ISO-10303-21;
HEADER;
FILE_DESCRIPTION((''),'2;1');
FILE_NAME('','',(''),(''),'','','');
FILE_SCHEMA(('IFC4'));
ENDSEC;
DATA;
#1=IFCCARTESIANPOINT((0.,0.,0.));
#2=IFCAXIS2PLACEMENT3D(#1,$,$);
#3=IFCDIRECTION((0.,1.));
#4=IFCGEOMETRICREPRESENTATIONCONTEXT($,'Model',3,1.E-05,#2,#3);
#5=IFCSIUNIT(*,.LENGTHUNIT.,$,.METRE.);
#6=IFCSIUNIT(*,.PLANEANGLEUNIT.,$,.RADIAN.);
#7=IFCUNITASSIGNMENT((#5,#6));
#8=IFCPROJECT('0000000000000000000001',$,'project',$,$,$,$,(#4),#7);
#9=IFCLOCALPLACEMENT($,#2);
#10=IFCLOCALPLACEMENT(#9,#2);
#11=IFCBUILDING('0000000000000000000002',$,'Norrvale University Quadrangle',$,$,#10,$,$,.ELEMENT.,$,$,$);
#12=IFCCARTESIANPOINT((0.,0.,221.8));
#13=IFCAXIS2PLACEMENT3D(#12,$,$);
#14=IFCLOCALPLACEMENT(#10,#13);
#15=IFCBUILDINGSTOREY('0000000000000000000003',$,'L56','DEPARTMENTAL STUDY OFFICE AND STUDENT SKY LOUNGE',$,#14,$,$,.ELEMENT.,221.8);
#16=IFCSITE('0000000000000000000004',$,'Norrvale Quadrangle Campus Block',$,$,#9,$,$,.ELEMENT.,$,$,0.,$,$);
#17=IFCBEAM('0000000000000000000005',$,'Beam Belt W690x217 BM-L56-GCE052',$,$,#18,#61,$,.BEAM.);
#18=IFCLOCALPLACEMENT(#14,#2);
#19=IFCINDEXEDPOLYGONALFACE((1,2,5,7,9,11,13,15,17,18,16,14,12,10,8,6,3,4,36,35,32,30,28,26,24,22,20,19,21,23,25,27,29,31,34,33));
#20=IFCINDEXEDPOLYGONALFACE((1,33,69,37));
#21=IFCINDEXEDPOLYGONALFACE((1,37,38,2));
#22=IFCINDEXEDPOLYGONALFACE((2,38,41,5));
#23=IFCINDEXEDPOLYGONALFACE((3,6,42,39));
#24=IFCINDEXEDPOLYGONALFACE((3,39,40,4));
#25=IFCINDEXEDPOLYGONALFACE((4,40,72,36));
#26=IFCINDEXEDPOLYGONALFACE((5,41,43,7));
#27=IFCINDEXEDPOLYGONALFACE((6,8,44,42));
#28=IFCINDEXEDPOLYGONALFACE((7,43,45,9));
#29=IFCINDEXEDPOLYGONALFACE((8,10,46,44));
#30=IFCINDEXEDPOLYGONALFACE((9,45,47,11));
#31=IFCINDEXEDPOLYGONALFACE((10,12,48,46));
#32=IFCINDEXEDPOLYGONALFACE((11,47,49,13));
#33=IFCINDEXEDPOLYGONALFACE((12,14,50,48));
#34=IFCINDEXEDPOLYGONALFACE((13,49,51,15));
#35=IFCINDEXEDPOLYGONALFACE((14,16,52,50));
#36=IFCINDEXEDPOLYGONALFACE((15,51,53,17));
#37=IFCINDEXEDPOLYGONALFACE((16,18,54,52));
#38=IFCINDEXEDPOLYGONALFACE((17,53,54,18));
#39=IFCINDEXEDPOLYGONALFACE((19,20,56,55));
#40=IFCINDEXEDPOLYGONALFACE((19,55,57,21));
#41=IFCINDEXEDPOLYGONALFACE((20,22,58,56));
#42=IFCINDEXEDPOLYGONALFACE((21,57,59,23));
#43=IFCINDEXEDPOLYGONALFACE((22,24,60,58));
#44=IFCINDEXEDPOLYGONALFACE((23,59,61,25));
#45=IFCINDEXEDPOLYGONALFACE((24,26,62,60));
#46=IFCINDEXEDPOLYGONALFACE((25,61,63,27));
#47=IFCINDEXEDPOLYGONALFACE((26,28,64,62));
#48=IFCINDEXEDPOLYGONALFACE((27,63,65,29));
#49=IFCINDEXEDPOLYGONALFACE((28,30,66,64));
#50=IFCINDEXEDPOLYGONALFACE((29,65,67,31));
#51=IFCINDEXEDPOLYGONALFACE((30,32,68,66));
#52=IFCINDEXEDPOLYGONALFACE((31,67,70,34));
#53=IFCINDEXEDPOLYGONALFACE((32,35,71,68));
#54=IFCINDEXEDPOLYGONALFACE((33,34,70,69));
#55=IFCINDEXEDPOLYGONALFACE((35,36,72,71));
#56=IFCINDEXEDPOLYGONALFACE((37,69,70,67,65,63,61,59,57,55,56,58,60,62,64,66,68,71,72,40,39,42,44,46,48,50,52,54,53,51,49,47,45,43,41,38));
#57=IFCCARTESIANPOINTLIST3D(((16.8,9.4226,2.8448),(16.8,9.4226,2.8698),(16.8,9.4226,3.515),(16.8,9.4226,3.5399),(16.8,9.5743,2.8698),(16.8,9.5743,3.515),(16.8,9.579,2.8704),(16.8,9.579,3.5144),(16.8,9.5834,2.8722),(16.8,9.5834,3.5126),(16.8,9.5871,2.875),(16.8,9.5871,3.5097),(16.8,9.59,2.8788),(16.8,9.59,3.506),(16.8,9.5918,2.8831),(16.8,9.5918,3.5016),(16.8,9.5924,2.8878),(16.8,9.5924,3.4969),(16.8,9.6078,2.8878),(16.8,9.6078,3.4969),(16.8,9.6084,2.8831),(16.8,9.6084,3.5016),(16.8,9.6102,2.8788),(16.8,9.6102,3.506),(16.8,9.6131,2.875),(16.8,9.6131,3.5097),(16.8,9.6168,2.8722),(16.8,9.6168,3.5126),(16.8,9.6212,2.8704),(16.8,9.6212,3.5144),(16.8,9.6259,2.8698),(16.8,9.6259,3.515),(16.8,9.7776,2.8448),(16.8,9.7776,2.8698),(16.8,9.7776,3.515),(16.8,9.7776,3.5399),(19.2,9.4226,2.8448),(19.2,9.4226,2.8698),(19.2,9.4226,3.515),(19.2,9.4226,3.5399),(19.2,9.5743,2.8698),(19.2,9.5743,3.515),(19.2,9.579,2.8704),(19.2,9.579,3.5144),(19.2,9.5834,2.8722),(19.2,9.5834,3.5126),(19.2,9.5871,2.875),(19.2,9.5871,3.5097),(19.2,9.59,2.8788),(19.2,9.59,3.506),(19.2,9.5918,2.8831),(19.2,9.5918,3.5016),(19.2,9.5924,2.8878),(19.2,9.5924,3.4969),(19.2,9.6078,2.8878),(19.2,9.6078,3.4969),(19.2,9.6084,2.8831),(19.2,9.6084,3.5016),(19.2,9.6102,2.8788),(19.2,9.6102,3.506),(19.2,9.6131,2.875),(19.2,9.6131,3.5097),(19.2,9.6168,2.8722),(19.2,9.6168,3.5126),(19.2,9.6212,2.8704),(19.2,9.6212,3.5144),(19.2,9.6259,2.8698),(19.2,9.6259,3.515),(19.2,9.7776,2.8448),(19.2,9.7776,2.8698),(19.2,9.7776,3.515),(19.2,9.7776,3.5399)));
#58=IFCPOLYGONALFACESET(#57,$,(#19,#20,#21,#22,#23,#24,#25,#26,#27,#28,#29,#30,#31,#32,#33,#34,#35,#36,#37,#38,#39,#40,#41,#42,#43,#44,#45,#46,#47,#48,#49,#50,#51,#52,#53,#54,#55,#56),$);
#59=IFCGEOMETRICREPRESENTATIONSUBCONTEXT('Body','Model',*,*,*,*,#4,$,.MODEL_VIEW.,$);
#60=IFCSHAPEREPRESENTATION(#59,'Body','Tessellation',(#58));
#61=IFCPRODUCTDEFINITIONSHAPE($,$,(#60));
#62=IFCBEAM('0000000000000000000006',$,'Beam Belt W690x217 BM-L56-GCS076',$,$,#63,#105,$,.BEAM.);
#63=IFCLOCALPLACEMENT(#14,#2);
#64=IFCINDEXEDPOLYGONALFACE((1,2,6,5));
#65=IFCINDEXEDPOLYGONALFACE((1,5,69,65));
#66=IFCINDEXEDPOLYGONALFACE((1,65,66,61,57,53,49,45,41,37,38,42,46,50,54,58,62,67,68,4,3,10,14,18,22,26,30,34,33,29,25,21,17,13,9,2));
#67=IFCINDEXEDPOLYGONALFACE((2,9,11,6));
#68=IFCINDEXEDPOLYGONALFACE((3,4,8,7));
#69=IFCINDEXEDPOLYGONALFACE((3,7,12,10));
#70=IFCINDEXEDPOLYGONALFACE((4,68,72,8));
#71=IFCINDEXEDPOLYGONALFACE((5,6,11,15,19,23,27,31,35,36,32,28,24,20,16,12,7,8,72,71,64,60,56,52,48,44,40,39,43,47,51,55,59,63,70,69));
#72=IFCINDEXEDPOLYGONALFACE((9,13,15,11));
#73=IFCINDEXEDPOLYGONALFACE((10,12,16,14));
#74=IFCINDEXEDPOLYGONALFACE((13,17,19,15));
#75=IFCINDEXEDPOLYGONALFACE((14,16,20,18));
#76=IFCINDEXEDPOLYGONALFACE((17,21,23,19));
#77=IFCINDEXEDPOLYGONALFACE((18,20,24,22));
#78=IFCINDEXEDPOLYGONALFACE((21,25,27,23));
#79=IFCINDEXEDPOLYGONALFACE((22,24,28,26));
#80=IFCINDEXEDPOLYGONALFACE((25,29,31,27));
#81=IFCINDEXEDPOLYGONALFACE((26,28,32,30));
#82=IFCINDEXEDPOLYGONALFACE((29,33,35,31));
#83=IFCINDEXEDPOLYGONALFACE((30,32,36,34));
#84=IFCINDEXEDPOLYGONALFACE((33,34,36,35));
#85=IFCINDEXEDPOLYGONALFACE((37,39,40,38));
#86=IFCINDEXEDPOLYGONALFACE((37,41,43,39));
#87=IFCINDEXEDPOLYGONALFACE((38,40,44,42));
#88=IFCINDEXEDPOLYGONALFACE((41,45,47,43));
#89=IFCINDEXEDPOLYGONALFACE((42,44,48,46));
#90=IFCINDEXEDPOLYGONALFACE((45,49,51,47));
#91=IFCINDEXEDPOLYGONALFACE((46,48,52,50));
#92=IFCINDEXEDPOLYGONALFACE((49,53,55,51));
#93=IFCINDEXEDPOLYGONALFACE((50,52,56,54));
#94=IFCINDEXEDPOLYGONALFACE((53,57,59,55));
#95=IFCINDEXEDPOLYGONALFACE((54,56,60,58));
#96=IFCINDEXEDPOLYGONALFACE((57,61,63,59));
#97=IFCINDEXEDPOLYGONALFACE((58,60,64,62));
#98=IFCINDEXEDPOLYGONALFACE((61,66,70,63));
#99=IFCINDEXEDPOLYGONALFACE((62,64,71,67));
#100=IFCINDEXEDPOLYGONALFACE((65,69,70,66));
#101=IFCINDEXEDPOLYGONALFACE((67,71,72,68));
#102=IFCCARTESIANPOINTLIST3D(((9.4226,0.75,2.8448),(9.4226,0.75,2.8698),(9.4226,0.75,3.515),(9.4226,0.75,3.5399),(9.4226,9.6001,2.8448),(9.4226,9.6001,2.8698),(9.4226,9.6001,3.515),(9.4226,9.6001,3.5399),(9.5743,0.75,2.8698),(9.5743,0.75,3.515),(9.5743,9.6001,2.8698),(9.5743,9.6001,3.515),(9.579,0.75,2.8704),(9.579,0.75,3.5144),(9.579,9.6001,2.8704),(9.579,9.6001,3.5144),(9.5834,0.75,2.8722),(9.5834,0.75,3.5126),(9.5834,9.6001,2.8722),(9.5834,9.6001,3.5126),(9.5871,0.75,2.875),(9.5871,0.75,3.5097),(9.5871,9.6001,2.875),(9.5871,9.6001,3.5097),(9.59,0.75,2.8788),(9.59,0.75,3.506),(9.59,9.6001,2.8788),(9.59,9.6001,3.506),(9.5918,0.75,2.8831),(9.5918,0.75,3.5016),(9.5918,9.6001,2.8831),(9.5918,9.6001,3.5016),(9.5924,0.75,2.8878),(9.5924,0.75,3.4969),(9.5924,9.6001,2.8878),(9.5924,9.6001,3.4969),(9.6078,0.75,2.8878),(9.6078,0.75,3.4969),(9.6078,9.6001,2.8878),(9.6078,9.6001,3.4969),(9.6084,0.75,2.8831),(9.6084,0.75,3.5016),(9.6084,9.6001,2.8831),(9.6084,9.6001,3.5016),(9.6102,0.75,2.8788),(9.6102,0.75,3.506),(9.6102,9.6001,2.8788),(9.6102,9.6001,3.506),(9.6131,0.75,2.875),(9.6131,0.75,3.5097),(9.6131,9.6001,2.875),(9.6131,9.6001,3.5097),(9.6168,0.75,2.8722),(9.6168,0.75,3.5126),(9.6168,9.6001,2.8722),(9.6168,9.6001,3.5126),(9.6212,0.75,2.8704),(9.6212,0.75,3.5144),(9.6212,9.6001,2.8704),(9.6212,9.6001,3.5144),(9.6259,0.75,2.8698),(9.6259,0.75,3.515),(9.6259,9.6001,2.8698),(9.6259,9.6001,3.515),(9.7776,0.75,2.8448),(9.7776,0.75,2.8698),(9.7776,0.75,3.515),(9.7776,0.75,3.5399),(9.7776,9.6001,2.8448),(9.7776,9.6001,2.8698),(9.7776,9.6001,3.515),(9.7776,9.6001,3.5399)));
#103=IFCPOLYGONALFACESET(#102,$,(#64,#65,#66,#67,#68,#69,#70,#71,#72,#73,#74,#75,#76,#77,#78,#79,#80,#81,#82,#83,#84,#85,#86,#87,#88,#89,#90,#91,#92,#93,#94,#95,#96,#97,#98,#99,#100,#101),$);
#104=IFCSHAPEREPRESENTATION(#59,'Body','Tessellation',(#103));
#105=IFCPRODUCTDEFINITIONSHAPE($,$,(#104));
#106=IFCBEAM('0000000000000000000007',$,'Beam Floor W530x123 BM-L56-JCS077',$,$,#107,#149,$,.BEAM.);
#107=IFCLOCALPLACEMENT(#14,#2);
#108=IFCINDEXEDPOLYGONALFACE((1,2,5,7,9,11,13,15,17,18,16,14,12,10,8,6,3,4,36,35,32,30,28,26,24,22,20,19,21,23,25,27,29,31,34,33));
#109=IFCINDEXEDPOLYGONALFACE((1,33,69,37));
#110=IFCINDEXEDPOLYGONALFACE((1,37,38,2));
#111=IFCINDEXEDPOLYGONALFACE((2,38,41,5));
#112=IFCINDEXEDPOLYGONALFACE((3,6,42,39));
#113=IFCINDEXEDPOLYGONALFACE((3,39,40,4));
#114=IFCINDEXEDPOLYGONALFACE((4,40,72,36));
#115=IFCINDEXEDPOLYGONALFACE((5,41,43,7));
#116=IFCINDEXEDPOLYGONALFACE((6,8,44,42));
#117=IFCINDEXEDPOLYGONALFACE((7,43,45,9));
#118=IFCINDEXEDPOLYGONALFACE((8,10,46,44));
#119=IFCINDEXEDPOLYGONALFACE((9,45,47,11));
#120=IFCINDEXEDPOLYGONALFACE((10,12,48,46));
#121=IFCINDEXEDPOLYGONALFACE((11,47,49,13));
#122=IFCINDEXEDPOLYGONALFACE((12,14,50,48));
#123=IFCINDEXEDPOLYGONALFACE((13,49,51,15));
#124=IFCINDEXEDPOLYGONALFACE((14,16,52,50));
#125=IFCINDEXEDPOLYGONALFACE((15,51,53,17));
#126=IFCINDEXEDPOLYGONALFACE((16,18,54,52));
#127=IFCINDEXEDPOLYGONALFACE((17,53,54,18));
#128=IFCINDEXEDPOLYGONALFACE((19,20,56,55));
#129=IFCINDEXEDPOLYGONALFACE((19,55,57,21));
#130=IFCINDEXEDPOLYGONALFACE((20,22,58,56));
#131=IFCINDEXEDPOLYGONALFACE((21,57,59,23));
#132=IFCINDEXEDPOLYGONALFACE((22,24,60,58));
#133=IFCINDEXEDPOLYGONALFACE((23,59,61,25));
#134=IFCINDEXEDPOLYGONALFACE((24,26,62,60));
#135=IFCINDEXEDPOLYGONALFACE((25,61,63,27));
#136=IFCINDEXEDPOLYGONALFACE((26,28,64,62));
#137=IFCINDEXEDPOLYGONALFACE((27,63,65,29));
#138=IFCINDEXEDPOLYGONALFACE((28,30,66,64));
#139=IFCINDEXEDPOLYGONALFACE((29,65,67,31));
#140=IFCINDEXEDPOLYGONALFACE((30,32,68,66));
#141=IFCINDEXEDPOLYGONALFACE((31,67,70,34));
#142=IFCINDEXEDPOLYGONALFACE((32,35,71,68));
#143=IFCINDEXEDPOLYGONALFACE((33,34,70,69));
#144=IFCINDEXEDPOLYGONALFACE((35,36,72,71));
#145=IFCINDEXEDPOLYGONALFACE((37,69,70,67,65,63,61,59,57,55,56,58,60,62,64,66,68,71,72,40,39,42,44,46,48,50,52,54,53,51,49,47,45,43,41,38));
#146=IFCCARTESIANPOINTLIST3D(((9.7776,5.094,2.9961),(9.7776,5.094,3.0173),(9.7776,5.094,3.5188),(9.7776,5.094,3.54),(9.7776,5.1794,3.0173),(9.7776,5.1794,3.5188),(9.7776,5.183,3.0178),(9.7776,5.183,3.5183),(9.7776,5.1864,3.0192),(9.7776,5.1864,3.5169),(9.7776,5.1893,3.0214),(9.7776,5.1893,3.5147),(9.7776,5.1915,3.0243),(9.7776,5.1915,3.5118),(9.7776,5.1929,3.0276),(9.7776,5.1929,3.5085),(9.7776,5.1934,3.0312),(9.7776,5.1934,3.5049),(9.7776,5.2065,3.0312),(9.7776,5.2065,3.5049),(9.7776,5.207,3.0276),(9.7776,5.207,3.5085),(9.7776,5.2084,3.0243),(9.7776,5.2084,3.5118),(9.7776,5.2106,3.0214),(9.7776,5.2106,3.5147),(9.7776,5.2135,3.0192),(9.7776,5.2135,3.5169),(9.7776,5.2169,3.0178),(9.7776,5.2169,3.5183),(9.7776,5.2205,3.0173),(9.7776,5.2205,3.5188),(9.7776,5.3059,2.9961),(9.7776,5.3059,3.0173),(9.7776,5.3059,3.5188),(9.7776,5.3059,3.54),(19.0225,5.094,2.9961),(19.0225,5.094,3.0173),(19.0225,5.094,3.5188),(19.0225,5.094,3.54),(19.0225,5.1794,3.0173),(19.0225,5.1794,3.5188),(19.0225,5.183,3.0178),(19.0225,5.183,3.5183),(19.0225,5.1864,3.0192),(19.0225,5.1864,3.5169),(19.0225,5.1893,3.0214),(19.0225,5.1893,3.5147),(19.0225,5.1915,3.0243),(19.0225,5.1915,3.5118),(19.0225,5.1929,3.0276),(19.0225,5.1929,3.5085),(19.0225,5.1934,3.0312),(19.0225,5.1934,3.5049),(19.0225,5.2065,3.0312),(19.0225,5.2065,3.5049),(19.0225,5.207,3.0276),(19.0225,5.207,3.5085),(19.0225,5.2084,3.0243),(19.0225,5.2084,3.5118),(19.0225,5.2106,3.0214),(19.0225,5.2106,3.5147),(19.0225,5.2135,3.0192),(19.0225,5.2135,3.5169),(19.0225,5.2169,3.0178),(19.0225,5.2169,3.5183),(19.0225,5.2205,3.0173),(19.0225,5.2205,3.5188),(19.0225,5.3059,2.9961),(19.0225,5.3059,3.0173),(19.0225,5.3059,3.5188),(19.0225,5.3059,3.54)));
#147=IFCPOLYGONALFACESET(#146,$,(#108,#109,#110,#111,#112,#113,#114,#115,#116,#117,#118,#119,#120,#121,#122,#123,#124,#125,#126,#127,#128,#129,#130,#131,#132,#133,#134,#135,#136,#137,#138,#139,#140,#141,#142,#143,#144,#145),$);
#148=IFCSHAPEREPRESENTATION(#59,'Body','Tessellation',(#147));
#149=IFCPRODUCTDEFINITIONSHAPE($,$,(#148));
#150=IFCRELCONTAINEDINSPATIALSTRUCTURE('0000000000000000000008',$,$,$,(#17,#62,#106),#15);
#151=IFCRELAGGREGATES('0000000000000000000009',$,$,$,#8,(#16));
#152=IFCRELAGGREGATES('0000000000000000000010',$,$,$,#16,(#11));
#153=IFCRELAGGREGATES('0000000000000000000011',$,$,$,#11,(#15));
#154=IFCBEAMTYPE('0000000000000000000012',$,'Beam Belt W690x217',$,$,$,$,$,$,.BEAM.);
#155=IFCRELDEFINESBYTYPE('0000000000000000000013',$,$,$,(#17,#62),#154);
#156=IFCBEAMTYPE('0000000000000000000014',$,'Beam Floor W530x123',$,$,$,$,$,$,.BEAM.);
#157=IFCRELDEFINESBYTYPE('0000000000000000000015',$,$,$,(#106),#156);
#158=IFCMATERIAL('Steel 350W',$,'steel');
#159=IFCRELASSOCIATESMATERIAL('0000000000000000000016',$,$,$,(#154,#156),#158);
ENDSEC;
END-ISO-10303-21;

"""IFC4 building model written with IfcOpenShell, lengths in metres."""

from ifc_helpers import new_model, si_unit, direction, frame, origin, origin_2d, place, context, subcontext, project, spatial, i_section, extrude, material, material_profile, profile_set, type_object, element, save


model = new_model("IFC4")

# Units and contexts
model_context = context("Model", 3, precision=1e-05, world=origin(), true_north=direction((0.0, 1.0)))
body_context = subcontext(model_context, "Body", "Model", "MODEL_VIEW")
ifc_project = project(units=[si_unit("LENGTHUNIT", "METRE"), si_unit("PLANEANGLEUNIT", "RADIAN")], contexts=[model_context])

# Site, building, storey
site_placement = place(None, origin())
site = spatial("IfcSite", under=ifc_project, at=site_placement, Name="Norrvale Quadrangle Campus Block", CompositionType="ELEMENT", RefElevation=0.0)
building_placement = place(site_placement, origin())
building = spatial("IfcBuilding", under=site, at=building_placement, Name="Norrvale University Quadrangle", CompositionType="ELEMENT")
storey_placement = place(building_placement, frame((0.0, 0.0, 221.8)))
storey = spatial("IfcBuildingStorey", under=building, at=storey_placement, Name="L56", Description="DEPARTMENTAL STUDY OFFICE AND STUDENT SKY LOUNGE", CompositionType="ELEMENT", Elevation=221.8)

# Beams
ifc_material_1 = material(Name="Steel 350W", Category="steel")
ifc_material_profile_1 = material_profile(ifc_material_1, i_section(OverallWidth=0.355, OverallDepth=0.6951, WebThickness=0.0154, FlangeThickness=0.0249, FilletRadius=0.0181, at=origin_2d()), Name="Steel 350W")
ifc_profile_set_1 = profile_set([ifc_material_profile_1], Name="Steel 350W")
beam_type_1 = type_object("IfcBeamType", Name="Beam Belt W690x217", PredefinedType="BEAM", material=ifc_profile_set_1)
beam_1_placement = place(storey_placement, frame((16.8, 9.6001, 3.1924), z_axis=(1.0, 0.0, 0.0), x_axis=(0.0, 1.0, 0.0)))
element("IfcBeam", 1, at=beam_1_placement, inside=storey, type_object=beam_type_1, Name="Beam Belt W690x217 BM-L56-GCE052", PredefinedType="BEAM", context=body_context, shape_type="SweptSolid", body=[
    extrude(i_section(OverallWidth=0.355, OverallDepth=0.6951, WebThickness=0.0154, FlangeThickness=0.0249, FilletRadius=0.0181, at=origin_2d()), origin(), (0.0, 0.0, 1.0), 2.3999),
])
beam_2_placement = place(storey_placement, frame((9.6001, 0.75, 3.1924), z_axis=(0.0, 1.0, 0.0), x_axis=(-1.0, 0.0, 0.0)))
element("IfcBeam", 2, at=beam_2_placement, inside=storey, type_object=beam_type_1, Name="Beam Belt W690x217 BM-L56-GCS076", PredefinedType="BEAM", context=body_context, shape_type="SweptSolid", body=[
    extrude(i_section(OverallWidth=0.355, OverallDepth=0.6951, WebThickness=0.0154, FlangeThickness=0.0249, FilletRadius=0.0181, at=origin_2d()), origin(), (0.0, 0.0, 1.0), 8.8501),
])
ifc_material_profile_2 = material_profile(ifc_material_1, i_section(OverallWidth=0.2119, OverallDepth=0.5439, WebThickness=0.0132, FlangeThickness=0.0212, FilletRadius=0.0139, at=origin_2d()), Name="Steel 350W")
ifc_profile_set_2 = profile_set([ifc_material_profile_2], Name="Steel 350W")
beam_type_2 = type_object("IfcBeamType", Name="Beam Floor W530x123", PredefinedType="BEAM", material=ifc_profile_set_2)
beam_3_placement = place(storey_placement, frame((9.7776, 5.2, 3.2681), z_axis=(1.0, 0.0, 0.0), x_axis=(0.0, 1.0, 0.0)))
element("IfcBeam", 3, at=beam_3_placement, inside=storey, type_object=beam_type_2, Name="Beam Floor W530x123 BM-L56-JCS077", PredefinedType="BEAM", context=body_context, shape_type="SweptSolid", body=[
    extrude(i_section(OverallWidth=0.2119, OverallDepth=0.5439, WebThickness=0.0132, FlangeThickness=0.0212, FilletRadius=0.0139, at=origin_2d()), origin(), (0.0, 0.0, 1.0), 9.2449),
])

save(model, "model.ifc")
